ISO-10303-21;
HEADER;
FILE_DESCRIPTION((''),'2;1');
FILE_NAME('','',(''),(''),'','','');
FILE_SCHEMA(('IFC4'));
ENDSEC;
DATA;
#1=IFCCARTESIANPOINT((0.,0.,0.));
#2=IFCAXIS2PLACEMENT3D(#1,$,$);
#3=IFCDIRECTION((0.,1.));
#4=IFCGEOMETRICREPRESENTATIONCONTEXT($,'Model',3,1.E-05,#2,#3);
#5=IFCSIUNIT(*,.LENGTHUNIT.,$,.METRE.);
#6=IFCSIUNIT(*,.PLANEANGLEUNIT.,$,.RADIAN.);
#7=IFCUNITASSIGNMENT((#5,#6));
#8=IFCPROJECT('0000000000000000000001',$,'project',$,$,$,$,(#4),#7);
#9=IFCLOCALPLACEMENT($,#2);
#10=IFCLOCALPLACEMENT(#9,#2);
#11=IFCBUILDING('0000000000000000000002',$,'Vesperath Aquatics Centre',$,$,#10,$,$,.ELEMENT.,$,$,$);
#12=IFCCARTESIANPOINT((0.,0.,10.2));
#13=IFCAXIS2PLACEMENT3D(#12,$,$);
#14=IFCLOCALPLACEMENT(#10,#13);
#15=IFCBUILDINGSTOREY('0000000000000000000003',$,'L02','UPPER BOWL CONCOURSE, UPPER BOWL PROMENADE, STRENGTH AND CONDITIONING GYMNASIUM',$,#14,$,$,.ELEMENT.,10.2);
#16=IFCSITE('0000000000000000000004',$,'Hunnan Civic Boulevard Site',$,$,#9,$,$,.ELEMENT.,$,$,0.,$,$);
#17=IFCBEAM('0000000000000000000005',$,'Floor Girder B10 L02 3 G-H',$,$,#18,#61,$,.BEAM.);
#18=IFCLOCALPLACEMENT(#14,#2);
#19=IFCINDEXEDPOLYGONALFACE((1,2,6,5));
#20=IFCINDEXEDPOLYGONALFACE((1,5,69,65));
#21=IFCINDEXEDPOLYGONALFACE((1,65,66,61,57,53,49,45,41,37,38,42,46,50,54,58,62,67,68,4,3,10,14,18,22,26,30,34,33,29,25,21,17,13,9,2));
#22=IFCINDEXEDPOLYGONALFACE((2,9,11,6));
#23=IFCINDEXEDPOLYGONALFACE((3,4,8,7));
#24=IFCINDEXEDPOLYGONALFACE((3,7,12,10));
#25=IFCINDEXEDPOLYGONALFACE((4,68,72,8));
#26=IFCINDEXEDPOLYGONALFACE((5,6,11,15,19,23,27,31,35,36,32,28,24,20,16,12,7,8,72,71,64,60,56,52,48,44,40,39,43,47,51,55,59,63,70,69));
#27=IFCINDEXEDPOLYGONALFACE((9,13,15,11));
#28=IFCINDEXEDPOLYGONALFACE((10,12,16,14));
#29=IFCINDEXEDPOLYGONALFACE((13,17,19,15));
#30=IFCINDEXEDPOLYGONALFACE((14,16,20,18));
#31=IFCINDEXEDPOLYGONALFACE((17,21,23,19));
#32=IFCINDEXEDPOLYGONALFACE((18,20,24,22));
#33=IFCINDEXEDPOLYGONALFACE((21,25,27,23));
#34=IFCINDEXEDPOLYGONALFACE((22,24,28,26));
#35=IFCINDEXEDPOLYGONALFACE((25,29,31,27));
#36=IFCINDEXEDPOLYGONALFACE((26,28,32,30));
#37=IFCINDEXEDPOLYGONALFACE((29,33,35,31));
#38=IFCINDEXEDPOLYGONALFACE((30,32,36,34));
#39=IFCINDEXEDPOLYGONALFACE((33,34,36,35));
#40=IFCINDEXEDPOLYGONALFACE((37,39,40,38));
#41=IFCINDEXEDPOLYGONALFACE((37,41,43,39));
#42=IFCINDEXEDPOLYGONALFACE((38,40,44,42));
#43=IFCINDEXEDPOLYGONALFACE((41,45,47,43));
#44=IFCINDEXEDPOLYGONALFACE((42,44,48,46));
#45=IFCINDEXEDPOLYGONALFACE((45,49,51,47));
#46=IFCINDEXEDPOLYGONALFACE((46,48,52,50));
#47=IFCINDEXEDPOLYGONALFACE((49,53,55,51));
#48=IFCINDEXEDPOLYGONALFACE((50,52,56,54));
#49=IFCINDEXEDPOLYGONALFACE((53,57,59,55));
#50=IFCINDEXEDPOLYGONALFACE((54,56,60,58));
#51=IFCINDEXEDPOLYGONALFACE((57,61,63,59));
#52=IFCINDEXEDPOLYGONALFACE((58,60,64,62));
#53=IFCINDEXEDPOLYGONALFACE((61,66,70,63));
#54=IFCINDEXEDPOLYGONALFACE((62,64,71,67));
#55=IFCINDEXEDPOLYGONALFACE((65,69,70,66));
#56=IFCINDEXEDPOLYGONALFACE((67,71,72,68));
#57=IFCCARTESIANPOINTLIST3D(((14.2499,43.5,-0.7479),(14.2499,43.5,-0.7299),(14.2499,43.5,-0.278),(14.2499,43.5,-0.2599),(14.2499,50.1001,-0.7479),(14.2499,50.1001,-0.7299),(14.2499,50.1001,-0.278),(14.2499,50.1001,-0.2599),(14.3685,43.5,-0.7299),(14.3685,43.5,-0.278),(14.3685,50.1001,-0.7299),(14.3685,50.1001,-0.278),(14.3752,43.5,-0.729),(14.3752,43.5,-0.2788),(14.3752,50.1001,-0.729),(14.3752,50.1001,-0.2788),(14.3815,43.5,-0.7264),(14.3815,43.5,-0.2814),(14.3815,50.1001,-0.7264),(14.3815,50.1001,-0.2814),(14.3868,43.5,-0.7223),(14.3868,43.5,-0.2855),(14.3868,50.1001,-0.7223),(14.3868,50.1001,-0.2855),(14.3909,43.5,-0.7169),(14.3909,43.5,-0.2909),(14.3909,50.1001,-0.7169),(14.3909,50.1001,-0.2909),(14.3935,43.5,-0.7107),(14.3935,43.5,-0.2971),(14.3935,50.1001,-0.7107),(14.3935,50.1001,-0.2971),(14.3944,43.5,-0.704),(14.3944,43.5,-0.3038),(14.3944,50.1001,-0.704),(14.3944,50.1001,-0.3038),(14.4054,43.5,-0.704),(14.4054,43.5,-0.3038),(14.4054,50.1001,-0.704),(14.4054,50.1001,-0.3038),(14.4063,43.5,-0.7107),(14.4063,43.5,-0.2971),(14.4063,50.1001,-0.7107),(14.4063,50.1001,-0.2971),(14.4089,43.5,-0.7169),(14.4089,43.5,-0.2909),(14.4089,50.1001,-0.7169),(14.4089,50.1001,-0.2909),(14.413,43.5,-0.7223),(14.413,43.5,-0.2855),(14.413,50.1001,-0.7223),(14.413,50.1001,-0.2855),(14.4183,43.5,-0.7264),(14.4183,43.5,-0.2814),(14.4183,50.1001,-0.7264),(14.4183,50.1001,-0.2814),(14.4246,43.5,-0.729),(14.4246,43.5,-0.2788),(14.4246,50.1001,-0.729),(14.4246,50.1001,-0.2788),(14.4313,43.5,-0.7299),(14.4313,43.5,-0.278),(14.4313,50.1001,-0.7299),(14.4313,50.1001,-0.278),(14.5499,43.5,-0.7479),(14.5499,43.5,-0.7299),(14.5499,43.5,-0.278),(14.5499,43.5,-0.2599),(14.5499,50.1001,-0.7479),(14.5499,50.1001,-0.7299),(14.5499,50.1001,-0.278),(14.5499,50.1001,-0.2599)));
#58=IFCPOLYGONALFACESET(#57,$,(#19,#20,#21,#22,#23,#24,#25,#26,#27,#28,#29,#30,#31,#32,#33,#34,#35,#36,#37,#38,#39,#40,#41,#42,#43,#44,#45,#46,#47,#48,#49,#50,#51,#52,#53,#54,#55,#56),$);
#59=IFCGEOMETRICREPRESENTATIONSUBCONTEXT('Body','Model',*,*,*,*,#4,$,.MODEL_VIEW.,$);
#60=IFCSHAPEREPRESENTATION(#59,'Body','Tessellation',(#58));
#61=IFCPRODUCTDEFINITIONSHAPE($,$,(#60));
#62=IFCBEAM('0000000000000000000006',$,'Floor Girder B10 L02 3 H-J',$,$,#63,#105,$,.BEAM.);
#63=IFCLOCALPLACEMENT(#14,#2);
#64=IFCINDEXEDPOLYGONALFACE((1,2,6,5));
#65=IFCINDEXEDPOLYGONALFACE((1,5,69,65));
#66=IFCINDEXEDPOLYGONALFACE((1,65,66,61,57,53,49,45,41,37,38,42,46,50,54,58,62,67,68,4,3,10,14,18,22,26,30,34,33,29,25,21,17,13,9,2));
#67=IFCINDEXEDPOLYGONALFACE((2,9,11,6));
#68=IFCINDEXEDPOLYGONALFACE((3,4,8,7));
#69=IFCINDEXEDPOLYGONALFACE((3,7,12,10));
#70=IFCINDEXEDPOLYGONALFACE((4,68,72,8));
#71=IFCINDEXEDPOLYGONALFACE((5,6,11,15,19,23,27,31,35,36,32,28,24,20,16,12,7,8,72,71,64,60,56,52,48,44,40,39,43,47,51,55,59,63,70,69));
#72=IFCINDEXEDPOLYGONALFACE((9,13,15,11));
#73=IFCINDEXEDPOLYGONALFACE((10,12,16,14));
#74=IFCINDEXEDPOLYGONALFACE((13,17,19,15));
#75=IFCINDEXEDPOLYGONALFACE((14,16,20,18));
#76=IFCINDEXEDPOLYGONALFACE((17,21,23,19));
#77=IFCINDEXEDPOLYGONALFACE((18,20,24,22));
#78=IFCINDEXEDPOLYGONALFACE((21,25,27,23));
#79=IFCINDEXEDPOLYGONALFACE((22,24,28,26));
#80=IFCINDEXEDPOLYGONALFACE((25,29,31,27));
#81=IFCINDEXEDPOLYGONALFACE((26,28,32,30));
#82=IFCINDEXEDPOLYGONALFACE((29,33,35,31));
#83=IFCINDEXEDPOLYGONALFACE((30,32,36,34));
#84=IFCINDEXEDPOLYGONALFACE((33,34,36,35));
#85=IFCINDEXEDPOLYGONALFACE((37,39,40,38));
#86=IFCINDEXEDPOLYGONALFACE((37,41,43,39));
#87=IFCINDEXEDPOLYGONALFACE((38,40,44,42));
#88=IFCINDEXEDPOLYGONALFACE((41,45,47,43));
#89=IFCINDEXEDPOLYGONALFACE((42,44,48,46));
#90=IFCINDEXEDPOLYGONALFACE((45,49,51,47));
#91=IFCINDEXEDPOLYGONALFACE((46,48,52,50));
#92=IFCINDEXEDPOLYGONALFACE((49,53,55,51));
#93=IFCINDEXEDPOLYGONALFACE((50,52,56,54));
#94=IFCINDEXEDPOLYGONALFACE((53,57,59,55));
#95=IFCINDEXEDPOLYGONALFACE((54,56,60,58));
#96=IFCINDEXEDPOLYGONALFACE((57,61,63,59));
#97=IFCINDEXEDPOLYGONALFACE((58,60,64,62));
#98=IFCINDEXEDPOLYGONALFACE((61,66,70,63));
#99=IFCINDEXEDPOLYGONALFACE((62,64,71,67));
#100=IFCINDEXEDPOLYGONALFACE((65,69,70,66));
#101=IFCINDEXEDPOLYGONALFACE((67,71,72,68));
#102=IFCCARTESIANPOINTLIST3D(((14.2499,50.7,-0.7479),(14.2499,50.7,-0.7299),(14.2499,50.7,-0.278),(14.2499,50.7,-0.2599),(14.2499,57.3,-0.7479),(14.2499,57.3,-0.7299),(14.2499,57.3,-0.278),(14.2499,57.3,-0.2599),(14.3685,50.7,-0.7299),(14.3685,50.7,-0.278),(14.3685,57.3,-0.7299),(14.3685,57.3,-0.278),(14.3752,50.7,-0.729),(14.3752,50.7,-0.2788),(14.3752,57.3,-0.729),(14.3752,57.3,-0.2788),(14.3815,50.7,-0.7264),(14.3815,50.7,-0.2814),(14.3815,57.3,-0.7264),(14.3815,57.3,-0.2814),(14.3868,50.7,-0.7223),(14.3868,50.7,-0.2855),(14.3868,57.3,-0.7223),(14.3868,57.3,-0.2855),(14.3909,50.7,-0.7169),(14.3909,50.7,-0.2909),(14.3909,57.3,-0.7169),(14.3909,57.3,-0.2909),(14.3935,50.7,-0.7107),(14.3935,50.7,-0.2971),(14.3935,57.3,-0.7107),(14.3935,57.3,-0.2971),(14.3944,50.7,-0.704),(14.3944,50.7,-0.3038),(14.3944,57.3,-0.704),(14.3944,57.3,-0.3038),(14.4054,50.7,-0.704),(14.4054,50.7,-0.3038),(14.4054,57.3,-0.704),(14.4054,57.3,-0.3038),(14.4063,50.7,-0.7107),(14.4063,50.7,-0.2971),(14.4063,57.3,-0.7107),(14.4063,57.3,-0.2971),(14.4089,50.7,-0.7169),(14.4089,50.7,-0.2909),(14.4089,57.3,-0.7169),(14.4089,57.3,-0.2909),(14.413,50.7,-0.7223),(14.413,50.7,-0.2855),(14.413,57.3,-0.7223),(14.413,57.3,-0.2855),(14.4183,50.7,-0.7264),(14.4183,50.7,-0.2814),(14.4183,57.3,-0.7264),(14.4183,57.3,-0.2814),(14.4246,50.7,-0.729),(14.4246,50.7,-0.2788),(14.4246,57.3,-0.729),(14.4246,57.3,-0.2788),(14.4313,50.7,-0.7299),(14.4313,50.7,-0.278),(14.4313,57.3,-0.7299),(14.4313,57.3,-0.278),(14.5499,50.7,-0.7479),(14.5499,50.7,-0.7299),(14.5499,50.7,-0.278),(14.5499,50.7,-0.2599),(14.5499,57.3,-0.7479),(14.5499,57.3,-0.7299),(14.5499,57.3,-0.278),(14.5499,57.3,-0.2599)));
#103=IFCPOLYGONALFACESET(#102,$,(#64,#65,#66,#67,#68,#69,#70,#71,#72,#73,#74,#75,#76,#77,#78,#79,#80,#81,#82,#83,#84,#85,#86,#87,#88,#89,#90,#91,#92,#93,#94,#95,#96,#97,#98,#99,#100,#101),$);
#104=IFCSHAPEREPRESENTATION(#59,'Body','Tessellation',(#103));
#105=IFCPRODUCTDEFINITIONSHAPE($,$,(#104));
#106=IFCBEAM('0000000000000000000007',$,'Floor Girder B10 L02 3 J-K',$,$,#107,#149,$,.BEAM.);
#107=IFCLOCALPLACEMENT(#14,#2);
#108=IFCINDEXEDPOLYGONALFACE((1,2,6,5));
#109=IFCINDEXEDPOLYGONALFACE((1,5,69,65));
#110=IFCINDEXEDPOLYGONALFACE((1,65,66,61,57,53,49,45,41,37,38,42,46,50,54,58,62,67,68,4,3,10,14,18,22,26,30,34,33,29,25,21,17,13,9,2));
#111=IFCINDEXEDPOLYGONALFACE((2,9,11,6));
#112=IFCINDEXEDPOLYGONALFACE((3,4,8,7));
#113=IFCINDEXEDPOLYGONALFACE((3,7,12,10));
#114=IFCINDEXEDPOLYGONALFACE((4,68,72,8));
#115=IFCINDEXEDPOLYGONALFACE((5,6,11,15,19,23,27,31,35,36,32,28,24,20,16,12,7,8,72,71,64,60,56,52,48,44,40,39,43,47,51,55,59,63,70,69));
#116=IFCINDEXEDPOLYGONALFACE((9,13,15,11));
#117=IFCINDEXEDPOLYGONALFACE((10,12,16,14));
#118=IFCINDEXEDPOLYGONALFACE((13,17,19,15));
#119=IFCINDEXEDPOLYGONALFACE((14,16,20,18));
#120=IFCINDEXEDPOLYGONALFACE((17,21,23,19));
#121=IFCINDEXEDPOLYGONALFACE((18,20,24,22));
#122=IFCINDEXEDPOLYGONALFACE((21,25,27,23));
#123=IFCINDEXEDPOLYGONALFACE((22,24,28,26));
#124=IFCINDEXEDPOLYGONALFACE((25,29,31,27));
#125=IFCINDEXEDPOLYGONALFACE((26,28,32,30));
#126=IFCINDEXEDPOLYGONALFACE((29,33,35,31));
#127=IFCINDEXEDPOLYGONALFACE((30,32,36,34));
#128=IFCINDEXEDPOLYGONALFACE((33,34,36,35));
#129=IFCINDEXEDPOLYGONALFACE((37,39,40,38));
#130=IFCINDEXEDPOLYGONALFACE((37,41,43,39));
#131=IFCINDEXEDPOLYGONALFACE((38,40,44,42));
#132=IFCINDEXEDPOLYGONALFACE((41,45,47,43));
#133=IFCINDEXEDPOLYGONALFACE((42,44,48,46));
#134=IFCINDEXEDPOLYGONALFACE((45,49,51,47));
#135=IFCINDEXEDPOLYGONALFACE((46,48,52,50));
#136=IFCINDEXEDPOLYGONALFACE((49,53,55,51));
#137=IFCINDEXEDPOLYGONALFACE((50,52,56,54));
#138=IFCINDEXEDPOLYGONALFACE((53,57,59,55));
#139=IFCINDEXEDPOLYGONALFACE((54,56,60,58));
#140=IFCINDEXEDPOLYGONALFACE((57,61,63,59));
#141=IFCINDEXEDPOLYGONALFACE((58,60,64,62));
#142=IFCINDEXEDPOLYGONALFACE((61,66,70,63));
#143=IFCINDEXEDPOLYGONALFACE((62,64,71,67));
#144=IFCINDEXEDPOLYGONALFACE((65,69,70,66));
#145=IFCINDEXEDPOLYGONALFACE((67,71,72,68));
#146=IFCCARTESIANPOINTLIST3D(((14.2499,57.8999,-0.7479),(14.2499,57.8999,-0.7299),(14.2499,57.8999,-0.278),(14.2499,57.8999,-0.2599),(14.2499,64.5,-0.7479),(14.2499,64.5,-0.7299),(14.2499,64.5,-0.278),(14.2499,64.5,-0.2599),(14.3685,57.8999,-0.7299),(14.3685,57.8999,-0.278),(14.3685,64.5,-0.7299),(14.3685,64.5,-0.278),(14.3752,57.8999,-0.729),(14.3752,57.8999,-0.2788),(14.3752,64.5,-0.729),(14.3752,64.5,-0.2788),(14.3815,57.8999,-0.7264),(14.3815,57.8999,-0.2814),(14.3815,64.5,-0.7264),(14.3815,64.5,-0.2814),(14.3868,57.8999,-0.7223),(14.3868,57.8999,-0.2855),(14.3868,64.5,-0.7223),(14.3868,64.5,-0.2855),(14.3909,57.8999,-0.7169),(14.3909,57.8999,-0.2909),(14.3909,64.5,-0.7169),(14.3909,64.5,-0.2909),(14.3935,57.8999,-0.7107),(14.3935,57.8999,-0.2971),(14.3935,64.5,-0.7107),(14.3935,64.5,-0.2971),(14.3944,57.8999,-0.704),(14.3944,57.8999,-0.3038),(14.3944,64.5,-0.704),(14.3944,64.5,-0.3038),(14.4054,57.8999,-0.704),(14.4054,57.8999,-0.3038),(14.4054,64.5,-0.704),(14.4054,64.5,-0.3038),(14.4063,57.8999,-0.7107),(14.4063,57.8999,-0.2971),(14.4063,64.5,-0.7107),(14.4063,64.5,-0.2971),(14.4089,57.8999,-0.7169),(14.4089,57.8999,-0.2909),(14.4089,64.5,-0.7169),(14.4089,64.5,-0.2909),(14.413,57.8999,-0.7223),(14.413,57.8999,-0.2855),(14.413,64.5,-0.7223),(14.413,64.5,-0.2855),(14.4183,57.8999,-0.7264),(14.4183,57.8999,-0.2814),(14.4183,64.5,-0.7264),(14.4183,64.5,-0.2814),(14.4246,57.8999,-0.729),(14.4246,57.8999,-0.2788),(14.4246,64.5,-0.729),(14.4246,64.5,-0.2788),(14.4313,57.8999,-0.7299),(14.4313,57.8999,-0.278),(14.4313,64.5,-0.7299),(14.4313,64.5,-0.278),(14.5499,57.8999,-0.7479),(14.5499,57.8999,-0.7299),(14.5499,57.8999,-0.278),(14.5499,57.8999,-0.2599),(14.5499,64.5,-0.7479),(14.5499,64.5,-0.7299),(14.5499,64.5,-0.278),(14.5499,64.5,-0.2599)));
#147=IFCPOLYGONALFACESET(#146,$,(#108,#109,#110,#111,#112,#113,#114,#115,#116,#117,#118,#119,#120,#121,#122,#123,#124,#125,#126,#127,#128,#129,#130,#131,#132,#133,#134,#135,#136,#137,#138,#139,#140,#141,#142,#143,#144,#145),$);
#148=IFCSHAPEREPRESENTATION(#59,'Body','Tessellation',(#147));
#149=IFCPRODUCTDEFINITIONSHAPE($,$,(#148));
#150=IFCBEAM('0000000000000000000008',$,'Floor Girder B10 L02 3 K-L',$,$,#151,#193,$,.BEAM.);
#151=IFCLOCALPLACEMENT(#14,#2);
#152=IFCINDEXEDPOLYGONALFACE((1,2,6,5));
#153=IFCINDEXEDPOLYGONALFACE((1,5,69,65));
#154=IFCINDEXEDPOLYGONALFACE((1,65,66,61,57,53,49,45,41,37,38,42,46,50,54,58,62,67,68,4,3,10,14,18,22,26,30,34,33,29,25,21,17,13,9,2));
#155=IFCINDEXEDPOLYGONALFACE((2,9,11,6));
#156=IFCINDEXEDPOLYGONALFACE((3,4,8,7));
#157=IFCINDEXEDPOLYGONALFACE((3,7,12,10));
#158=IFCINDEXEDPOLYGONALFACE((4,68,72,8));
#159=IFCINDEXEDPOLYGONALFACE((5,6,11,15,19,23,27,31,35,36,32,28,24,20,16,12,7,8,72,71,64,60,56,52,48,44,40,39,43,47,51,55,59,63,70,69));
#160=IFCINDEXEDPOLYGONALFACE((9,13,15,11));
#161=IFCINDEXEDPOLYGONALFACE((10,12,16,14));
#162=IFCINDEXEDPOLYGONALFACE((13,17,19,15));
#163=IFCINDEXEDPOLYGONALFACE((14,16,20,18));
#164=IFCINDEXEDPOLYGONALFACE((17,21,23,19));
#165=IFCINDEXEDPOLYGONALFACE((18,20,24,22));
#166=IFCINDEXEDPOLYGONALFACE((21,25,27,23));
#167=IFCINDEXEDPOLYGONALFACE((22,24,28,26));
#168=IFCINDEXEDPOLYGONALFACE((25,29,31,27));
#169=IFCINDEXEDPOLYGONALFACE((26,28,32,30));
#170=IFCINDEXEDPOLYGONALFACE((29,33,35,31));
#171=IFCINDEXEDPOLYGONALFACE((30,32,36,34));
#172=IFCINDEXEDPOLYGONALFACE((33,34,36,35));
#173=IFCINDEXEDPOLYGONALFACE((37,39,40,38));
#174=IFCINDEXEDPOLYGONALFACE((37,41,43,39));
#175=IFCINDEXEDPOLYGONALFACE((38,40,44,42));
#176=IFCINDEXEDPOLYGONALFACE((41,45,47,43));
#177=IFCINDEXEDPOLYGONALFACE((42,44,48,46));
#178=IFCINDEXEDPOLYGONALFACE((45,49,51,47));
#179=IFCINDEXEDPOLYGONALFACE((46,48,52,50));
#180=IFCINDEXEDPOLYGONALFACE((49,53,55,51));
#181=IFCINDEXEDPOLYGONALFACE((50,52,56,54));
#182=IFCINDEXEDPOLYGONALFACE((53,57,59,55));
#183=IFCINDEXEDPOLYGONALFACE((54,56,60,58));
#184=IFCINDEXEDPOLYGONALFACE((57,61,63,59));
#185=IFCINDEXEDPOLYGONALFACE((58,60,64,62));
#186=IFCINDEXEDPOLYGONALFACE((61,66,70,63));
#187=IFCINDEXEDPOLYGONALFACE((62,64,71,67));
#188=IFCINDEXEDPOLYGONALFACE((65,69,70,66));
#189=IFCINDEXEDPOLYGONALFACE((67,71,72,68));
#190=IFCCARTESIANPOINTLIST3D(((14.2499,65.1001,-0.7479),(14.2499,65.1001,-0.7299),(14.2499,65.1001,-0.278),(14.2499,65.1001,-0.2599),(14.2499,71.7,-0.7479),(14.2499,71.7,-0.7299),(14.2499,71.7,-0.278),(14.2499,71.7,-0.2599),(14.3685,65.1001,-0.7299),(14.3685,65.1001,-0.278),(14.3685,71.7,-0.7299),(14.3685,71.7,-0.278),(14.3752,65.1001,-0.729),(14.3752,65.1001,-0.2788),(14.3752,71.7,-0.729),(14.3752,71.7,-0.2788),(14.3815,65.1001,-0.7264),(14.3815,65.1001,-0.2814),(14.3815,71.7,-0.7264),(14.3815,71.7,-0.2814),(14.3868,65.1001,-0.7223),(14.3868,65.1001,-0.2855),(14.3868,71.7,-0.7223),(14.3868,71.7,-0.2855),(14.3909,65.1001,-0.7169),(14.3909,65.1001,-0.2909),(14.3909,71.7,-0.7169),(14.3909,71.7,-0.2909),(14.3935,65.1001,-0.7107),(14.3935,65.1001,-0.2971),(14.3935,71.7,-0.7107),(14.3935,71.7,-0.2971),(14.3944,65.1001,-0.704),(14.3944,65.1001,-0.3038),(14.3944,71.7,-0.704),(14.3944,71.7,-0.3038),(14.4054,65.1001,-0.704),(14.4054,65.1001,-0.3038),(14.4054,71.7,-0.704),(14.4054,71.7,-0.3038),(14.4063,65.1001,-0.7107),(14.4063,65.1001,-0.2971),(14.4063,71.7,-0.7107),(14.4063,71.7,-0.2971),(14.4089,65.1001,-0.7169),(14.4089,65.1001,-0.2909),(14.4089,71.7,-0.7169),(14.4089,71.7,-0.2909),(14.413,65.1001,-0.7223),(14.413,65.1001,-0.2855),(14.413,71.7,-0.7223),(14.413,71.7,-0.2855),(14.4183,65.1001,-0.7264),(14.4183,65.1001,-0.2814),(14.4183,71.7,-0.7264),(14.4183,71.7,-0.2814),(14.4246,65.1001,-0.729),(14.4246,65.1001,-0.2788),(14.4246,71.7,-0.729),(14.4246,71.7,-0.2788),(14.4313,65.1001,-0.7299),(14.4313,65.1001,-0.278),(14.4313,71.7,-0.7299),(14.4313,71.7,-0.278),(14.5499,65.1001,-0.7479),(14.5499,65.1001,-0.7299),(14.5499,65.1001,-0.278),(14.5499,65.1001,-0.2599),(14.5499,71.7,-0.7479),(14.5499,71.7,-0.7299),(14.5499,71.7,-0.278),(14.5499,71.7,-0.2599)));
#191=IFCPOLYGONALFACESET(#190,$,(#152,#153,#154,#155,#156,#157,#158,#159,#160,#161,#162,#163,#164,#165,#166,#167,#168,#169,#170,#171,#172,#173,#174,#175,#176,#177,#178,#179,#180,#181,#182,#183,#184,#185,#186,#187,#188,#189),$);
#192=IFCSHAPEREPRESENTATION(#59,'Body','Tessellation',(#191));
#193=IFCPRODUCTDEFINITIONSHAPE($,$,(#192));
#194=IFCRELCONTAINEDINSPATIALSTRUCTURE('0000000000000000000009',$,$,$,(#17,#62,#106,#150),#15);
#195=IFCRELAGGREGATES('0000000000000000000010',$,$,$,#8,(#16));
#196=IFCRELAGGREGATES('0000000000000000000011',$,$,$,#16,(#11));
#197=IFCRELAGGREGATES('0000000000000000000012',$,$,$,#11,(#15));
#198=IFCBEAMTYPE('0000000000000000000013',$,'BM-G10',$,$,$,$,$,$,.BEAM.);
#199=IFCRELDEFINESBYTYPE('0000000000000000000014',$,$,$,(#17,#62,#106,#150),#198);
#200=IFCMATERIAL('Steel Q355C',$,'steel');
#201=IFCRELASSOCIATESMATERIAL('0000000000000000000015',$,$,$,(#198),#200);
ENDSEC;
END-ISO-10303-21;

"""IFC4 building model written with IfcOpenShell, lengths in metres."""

from ifc_helpers import new_model, si_unit, direction, frame, origin, origin_2d, place, context, subcontext, project, spatial, i_section, extrude, material, material_profile, profile_set, type_object, element, save


model = new_model("IFC4")

# Units and contexts
model_context = context("Model", 3, precision=1e-05, world=origin(), true_north=direction((0.0, 1.0)))
body_context = subcontext(model_context, "Body", "Model", "MODEL_VIEW")
ifc_project = project(units=[si_unit("LENGTHUNIT", "METRE"), si_unit("PLANEANGLEUNIT", "RADIAN")], contexts=[model_context])

# Site, building, storey
site_placement = place(None, origin())
site = spatial("IfcSite", under=ifc_project, at=site_placement, Name="Hunnan Civic Boulevard Site", CompositionType="ELEMENT", RefElevation=0.0)
building_placement = place(site_placement, origin())
building = spatial("IfcBuilding", under=site, at=building_placement, Name="Vesperath Aquatics Centre", CompositionType="ELEMENT")
storey_placement = place(building_placement, frame((0.0, 0.0, 10.2)))
storey = spatial("IfcBuildingStorey", under=building, at=storey_placement, Name="L02", Description="UPPER BOWL CONCOURSE, UPPER BOWL PROMENADE, STRENGTH AND CONDITIONING GYMNASIUM", CompositionType="ELEMENT", Elevation=10.2)

# Beams
ifc_material_1 = material(Name="Steel Q355C", Category="steel")
ifc_material_profile_1 = material_profile(ifc_material_1, i_section(OverallWidth=0.3, OverallDepth=0.488, WebThickness=0.011, FlangeThickness=0.0181, FilletRadius=0.0259, at=origin_2d()), Name="HM 488x300x11x18")
ifc_profile_set_1 = profile_set([ifc_material_profile_1], Name="Steel Q355C")
beam_type_1 = type_object("IfcBeamType", Name="BM-G10", PredefinedType="BEAM", material=ifc_profile_set_1)
for number, where, z_axis, x_axis, name in (
    (1, (14.3999, 43.5, -0.5039), (0.0, 1.0, 0.0), (-1.0, 0.0, 0.0), "Floor Girder B10 L02 3 G-H"),
    (2, (14.3999, 50.7, -0.5039), (0.0, 1.0, 0.0), (-1.0, 0.0, 0.0), "Floor Girder B10 L02 3 H-J"),
    (3, (14.3999, 57.8999, -0.5039), (0.0, 1.0, 0.0), (-1.0, 0.0, 0.0), "Floor Girder B10 L02 3 J-K"),
):
    element("IfcBeam", number, at=place(storey_placement, frame(where, z_axis=z_axis, x_axis=x_axis)), inside=storey, type_object=beam_type_1, Name=name, PredefinedType="BEAM", context=body_context, shape_type="SweptSolid", body=[
        extrude(i_section(OverallWidth=0.3, OverallDepth=0.488, WebThickness=0.011, FlangeThickness=0.0181, FilletRadius=0.0259, at=origin_2d()), origin(), (0.0, 0.0, 1.0), 6.6001),
    ])
beam_1_placement = place(storey_placement, frame((14.3999, 65.1001, -0.5039), z_axis=(0.0, 1.0, 0.0), x_axis=(-1.0, 0.0, 0.0)))
element("IfcBeam", 4, at=beam_1_placement, inside=storey, type_object=beam_type_1, Name="Floor Girder B10 L02 3 K-L", PredefinedType="BEAM", context=body_context, shape_type="SweptSolid", body=[
    extrude(i_section(OverallWidth=0.3, OverallDepth=0.488, WebThickness=0.011, FlangeThickness=0.0181, FilletRadius=0.0259, at=origin_2d()), origin(), (0.0, 0.0, 1.0), 6.5999),
])

save(model, "model.ifc")
